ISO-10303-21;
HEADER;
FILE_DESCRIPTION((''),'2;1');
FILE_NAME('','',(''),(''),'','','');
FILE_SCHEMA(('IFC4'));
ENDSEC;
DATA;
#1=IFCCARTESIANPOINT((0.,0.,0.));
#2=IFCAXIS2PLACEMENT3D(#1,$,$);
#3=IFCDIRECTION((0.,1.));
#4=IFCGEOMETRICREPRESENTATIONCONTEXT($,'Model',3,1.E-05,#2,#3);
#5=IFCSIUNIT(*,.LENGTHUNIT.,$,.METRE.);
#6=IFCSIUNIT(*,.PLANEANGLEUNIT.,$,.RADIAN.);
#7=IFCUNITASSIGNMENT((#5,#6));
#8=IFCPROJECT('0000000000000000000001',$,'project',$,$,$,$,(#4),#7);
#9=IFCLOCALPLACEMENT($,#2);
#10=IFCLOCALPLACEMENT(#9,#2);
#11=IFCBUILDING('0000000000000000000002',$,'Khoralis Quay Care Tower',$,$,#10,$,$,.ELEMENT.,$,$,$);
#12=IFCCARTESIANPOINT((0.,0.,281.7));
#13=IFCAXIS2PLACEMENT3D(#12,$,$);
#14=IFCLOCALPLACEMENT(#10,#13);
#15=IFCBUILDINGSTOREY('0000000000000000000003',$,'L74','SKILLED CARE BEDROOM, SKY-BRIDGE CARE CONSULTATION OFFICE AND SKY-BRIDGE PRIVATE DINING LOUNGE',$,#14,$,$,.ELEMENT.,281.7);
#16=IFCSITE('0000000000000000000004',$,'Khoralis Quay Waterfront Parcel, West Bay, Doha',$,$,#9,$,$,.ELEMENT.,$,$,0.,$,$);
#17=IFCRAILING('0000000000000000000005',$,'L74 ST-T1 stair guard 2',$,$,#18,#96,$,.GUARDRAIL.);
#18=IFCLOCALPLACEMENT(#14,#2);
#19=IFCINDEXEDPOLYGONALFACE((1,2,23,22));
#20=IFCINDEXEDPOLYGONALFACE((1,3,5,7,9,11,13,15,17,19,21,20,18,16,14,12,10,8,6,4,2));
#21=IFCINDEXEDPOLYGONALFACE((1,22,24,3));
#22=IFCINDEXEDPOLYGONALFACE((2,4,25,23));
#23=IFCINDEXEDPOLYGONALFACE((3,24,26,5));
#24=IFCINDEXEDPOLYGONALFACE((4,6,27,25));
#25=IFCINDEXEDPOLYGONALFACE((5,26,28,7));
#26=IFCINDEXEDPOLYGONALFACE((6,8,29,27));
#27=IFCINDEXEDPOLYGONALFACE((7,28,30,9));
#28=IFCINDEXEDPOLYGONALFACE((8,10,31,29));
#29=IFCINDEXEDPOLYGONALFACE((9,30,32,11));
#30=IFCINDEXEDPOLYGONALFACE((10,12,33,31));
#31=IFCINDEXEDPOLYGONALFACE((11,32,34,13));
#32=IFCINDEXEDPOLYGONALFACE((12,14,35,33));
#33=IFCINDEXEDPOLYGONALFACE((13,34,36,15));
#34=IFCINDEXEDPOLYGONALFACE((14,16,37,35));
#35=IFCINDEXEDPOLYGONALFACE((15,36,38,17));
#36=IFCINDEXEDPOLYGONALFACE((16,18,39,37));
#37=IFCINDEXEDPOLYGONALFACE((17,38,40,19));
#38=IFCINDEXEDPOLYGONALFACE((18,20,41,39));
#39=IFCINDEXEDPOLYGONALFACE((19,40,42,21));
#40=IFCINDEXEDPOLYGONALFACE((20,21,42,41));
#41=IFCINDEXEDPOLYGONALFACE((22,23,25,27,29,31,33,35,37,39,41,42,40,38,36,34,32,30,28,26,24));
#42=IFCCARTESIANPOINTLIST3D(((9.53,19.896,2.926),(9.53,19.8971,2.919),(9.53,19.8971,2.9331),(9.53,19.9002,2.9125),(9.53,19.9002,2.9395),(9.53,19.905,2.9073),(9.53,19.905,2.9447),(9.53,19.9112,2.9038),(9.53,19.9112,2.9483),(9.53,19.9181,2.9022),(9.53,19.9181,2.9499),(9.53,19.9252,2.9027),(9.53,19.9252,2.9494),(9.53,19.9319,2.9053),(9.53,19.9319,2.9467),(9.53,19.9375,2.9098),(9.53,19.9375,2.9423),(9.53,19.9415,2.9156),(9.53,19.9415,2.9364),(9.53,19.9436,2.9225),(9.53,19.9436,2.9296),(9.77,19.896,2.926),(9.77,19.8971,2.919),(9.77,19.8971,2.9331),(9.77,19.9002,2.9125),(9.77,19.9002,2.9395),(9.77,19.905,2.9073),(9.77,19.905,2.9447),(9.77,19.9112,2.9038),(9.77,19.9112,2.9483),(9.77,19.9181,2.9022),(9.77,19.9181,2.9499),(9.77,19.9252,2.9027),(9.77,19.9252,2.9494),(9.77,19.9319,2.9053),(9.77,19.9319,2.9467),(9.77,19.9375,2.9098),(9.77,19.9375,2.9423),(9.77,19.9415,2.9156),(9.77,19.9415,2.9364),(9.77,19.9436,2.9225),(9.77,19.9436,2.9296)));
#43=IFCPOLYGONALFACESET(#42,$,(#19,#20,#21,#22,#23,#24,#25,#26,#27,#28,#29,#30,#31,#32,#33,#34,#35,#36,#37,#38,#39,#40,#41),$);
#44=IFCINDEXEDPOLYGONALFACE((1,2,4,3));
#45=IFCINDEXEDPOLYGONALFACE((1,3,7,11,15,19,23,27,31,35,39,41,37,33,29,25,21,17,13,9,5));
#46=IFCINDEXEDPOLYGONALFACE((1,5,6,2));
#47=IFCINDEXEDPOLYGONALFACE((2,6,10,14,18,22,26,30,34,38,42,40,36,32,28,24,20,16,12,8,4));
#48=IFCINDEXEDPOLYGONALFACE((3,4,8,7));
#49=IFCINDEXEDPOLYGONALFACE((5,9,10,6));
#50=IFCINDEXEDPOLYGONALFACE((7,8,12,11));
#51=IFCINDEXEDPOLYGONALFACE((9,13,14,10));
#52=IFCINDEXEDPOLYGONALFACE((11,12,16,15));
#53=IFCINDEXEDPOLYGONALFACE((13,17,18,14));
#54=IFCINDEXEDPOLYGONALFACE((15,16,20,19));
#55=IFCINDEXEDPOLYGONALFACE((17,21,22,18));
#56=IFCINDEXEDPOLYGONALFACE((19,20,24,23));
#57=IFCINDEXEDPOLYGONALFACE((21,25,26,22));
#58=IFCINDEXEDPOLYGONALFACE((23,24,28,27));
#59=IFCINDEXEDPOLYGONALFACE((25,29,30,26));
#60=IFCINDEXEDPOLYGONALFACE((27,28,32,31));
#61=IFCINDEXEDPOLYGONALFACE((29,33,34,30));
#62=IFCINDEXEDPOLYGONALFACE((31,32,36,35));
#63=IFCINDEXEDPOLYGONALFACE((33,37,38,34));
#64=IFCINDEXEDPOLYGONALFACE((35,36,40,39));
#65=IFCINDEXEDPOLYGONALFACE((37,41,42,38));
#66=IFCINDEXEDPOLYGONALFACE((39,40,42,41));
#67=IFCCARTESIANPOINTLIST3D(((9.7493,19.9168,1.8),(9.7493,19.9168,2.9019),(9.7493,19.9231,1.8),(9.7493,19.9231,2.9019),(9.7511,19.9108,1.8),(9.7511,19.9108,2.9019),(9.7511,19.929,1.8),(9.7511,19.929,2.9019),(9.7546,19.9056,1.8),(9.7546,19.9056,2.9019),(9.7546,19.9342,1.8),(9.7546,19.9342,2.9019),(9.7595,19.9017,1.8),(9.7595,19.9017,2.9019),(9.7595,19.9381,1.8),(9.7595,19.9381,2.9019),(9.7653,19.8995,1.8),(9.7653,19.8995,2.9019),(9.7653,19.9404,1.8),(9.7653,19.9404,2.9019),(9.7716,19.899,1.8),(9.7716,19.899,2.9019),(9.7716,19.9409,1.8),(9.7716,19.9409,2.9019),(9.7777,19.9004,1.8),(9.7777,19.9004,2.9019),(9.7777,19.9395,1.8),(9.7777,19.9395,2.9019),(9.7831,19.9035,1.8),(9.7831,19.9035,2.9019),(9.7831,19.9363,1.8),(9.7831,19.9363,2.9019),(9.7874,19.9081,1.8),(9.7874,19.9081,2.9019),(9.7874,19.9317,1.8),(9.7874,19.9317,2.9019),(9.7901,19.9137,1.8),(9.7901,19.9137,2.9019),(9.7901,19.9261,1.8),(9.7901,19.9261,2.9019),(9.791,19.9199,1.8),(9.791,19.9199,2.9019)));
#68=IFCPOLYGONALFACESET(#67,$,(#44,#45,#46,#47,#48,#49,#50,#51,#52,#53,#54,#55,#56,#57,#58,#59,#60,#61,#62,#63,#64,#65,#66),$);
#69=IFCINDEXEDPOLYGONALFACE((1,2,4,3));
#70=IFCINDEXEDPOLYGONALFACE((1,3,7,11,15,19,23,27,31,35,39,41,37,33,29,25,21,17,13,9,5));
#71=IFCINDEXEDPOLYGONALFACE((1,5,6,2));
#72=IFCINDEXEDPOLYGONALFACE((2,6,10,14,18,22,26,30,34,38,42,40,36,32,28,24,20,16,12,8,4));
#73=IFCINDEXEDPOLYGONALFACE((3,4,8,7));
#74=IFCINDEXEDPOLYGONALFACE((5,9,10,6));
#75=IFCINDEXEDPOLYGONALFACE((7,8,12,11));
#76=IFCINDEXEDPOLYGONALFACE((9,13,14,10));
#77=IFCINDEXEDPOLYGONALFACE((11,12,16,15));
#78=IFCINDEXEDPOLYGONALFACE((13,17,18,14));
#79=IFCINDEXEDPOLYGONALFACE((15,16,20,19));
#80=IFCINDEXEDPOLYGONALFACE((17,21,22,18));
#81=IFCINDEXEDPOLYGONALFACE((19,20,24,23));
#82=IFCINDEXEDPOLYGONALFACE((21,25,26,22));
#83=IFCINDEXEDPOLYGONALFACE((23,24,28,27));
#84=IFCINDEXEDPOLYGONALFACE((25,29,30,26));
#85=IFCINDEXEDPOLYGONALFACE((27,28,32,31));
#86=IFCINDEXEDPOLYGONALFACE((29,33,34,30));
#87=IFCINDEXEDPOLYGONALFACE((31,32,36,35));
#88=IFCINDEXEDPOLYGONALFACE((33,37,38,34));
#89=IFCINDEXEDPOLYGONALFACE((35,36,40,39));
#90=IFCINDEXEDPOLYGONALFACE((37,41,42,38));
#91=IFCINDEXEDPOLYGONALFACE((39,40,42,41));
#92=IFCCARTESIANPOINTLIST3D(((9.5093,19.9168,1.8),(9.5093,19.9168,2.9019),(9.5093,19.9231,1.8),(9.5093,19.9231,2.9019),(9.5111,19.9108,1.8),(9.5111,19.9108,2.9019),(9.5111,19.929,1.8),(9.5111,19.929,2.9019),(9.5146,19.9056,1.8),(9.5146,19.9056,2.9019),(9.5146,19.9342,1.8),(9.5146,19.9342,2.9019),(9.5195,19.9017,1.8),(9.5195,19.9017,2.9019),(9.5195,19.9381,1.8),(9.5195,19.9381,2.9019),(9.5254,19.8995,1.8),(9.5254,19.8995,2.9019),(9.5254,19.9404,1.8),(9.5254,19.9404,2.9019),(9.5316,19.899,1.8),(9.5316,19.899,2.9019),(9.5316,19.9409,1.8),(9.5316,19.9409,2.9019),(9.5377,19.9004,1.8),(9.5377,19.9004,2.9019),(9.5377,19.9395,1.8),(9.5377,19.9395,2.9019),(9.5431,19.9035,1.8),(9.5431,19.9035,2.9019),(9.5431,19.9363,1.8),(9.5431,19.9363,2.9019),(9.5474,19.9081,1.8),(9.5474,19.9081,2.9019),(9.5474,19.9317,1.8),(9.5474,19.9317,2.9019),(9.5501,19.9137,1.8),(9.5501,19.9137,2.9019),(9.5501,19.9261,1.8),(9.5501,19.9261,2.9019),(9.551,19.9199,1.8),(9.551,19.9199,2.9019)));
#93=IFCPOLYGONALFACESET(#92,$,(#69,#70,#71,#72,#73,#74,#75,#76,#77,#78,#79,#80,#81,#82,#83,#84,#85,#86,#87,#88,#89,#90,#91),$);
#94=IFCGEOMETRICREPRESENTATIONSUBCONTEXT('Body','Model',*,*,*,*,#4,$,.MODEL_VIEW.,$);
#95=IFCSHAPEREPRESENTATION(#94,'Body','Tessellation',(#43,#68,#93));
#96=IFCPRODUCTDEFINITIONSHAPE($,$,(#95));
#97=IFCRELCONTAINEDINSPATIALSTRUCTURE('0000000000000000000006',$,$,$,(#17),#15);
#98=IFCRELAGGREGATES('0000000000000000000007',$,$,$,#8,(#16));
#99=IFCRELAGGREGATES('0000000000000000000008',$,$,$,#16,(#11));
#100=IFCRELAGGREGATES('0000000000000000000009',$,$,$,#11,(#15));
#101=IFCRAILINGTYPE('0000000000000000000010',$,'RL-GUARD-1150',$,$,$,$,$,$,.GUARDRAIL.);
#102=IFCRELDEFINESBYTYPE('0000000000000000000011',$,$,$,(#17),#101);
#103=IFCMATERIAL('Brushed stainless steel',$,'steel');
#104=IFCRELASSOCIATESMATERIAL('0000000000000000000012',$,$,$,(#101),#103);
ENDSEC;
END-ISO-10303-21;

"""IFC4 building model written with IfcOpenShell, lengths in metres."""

from ifc_helpers import new_model, si_unit, direction, frame, origin, origin_2d, place, context, subcontext, project, spatial, circle, extrude, material, type_object, element, save


model = new_model("IFC4")

# Units and contexts
model_context = context("Model", 3, precision=1e-05, world=origin(), true_north=direction((0.0, 1.0)))
body_context = subcontext(model_context, "Body", "Model", "MODEL_VIEW")
ifc_project = project(units=[si_unit("LENGTHUNIT", "METRE"), si_unit("PLANEANGLEUNIT", "RADIAN")], contexts=[model_context])

# Site, building, storey
site_placement = place(None, origin())
site = spatial("IfcSite", under=ifc_project, at=site_placement, Name="Khoralis Quay Waterfront Parcel, West Bay, Doha", CompositionType="ELEMENT", RefElevation=0.0)
building_placement = place(site_placement, origin())
building = spatial("IfcBuilding", under=site, at=building_placement, Name="Khoralis Quay Care Tower", CompositionType="ELEMENT")
storey_placement = place(building_placement, frame((0.0, 0.0, 281.7)))
storey = spatial("IfcBuildingStorey", under=building, at=storey_placement, Name="L74", Description="SKILLED CARE BEDROOM, SKY-BRIDGE CARE CONSULTATION OFFICE AND SKY-BRIDGE PRIVATE DINING LOUNGE", CompositionType="ELEMENT", Elevation=281.7)

# Shared definitions
ifc_material_1 = material(Name="Brushed stainless steel", Category="steel")

# Railing
railing_type_1 = type_object("IfcRailingType", Name="RL-GUARD-1150", PredefinedType="GUARDRAIL", material=ifc_material_1)
railing_1_placement = place(storey_placement, frame((9.77, 19.9199, 1.8)))
element("IfcRailing", 1, at=railing_1_placement, inside=storey, type_object=railing_type_1, Name="L74 ST-T1 stair guard 2", PredefinedType="GUARDRAIL", context=body_context, shape_type="SweptSolid", body=[
    extrude(circle(Radius=0.0239, at=origin_2d()), frame((0.0, 0.0, 1.126), z_axis=(-1.0, 0.0, 0.0), x_axis=(0.0, -1.0, 0.0)), (0.0, 0.0, 1.0), 0.24),
    extrude(circle(Radius=0.021, at=origin_2d()), origin(), (0.0, 0.0, 1.0), 1.1018),
    extrude(circle(Radius=0.021, at=origin_2d()), frame((-0.24, 0.0, 0.0)), (0.0, 0.0, 1.0), 1.1018),
])

save(model, "model.ifc")
